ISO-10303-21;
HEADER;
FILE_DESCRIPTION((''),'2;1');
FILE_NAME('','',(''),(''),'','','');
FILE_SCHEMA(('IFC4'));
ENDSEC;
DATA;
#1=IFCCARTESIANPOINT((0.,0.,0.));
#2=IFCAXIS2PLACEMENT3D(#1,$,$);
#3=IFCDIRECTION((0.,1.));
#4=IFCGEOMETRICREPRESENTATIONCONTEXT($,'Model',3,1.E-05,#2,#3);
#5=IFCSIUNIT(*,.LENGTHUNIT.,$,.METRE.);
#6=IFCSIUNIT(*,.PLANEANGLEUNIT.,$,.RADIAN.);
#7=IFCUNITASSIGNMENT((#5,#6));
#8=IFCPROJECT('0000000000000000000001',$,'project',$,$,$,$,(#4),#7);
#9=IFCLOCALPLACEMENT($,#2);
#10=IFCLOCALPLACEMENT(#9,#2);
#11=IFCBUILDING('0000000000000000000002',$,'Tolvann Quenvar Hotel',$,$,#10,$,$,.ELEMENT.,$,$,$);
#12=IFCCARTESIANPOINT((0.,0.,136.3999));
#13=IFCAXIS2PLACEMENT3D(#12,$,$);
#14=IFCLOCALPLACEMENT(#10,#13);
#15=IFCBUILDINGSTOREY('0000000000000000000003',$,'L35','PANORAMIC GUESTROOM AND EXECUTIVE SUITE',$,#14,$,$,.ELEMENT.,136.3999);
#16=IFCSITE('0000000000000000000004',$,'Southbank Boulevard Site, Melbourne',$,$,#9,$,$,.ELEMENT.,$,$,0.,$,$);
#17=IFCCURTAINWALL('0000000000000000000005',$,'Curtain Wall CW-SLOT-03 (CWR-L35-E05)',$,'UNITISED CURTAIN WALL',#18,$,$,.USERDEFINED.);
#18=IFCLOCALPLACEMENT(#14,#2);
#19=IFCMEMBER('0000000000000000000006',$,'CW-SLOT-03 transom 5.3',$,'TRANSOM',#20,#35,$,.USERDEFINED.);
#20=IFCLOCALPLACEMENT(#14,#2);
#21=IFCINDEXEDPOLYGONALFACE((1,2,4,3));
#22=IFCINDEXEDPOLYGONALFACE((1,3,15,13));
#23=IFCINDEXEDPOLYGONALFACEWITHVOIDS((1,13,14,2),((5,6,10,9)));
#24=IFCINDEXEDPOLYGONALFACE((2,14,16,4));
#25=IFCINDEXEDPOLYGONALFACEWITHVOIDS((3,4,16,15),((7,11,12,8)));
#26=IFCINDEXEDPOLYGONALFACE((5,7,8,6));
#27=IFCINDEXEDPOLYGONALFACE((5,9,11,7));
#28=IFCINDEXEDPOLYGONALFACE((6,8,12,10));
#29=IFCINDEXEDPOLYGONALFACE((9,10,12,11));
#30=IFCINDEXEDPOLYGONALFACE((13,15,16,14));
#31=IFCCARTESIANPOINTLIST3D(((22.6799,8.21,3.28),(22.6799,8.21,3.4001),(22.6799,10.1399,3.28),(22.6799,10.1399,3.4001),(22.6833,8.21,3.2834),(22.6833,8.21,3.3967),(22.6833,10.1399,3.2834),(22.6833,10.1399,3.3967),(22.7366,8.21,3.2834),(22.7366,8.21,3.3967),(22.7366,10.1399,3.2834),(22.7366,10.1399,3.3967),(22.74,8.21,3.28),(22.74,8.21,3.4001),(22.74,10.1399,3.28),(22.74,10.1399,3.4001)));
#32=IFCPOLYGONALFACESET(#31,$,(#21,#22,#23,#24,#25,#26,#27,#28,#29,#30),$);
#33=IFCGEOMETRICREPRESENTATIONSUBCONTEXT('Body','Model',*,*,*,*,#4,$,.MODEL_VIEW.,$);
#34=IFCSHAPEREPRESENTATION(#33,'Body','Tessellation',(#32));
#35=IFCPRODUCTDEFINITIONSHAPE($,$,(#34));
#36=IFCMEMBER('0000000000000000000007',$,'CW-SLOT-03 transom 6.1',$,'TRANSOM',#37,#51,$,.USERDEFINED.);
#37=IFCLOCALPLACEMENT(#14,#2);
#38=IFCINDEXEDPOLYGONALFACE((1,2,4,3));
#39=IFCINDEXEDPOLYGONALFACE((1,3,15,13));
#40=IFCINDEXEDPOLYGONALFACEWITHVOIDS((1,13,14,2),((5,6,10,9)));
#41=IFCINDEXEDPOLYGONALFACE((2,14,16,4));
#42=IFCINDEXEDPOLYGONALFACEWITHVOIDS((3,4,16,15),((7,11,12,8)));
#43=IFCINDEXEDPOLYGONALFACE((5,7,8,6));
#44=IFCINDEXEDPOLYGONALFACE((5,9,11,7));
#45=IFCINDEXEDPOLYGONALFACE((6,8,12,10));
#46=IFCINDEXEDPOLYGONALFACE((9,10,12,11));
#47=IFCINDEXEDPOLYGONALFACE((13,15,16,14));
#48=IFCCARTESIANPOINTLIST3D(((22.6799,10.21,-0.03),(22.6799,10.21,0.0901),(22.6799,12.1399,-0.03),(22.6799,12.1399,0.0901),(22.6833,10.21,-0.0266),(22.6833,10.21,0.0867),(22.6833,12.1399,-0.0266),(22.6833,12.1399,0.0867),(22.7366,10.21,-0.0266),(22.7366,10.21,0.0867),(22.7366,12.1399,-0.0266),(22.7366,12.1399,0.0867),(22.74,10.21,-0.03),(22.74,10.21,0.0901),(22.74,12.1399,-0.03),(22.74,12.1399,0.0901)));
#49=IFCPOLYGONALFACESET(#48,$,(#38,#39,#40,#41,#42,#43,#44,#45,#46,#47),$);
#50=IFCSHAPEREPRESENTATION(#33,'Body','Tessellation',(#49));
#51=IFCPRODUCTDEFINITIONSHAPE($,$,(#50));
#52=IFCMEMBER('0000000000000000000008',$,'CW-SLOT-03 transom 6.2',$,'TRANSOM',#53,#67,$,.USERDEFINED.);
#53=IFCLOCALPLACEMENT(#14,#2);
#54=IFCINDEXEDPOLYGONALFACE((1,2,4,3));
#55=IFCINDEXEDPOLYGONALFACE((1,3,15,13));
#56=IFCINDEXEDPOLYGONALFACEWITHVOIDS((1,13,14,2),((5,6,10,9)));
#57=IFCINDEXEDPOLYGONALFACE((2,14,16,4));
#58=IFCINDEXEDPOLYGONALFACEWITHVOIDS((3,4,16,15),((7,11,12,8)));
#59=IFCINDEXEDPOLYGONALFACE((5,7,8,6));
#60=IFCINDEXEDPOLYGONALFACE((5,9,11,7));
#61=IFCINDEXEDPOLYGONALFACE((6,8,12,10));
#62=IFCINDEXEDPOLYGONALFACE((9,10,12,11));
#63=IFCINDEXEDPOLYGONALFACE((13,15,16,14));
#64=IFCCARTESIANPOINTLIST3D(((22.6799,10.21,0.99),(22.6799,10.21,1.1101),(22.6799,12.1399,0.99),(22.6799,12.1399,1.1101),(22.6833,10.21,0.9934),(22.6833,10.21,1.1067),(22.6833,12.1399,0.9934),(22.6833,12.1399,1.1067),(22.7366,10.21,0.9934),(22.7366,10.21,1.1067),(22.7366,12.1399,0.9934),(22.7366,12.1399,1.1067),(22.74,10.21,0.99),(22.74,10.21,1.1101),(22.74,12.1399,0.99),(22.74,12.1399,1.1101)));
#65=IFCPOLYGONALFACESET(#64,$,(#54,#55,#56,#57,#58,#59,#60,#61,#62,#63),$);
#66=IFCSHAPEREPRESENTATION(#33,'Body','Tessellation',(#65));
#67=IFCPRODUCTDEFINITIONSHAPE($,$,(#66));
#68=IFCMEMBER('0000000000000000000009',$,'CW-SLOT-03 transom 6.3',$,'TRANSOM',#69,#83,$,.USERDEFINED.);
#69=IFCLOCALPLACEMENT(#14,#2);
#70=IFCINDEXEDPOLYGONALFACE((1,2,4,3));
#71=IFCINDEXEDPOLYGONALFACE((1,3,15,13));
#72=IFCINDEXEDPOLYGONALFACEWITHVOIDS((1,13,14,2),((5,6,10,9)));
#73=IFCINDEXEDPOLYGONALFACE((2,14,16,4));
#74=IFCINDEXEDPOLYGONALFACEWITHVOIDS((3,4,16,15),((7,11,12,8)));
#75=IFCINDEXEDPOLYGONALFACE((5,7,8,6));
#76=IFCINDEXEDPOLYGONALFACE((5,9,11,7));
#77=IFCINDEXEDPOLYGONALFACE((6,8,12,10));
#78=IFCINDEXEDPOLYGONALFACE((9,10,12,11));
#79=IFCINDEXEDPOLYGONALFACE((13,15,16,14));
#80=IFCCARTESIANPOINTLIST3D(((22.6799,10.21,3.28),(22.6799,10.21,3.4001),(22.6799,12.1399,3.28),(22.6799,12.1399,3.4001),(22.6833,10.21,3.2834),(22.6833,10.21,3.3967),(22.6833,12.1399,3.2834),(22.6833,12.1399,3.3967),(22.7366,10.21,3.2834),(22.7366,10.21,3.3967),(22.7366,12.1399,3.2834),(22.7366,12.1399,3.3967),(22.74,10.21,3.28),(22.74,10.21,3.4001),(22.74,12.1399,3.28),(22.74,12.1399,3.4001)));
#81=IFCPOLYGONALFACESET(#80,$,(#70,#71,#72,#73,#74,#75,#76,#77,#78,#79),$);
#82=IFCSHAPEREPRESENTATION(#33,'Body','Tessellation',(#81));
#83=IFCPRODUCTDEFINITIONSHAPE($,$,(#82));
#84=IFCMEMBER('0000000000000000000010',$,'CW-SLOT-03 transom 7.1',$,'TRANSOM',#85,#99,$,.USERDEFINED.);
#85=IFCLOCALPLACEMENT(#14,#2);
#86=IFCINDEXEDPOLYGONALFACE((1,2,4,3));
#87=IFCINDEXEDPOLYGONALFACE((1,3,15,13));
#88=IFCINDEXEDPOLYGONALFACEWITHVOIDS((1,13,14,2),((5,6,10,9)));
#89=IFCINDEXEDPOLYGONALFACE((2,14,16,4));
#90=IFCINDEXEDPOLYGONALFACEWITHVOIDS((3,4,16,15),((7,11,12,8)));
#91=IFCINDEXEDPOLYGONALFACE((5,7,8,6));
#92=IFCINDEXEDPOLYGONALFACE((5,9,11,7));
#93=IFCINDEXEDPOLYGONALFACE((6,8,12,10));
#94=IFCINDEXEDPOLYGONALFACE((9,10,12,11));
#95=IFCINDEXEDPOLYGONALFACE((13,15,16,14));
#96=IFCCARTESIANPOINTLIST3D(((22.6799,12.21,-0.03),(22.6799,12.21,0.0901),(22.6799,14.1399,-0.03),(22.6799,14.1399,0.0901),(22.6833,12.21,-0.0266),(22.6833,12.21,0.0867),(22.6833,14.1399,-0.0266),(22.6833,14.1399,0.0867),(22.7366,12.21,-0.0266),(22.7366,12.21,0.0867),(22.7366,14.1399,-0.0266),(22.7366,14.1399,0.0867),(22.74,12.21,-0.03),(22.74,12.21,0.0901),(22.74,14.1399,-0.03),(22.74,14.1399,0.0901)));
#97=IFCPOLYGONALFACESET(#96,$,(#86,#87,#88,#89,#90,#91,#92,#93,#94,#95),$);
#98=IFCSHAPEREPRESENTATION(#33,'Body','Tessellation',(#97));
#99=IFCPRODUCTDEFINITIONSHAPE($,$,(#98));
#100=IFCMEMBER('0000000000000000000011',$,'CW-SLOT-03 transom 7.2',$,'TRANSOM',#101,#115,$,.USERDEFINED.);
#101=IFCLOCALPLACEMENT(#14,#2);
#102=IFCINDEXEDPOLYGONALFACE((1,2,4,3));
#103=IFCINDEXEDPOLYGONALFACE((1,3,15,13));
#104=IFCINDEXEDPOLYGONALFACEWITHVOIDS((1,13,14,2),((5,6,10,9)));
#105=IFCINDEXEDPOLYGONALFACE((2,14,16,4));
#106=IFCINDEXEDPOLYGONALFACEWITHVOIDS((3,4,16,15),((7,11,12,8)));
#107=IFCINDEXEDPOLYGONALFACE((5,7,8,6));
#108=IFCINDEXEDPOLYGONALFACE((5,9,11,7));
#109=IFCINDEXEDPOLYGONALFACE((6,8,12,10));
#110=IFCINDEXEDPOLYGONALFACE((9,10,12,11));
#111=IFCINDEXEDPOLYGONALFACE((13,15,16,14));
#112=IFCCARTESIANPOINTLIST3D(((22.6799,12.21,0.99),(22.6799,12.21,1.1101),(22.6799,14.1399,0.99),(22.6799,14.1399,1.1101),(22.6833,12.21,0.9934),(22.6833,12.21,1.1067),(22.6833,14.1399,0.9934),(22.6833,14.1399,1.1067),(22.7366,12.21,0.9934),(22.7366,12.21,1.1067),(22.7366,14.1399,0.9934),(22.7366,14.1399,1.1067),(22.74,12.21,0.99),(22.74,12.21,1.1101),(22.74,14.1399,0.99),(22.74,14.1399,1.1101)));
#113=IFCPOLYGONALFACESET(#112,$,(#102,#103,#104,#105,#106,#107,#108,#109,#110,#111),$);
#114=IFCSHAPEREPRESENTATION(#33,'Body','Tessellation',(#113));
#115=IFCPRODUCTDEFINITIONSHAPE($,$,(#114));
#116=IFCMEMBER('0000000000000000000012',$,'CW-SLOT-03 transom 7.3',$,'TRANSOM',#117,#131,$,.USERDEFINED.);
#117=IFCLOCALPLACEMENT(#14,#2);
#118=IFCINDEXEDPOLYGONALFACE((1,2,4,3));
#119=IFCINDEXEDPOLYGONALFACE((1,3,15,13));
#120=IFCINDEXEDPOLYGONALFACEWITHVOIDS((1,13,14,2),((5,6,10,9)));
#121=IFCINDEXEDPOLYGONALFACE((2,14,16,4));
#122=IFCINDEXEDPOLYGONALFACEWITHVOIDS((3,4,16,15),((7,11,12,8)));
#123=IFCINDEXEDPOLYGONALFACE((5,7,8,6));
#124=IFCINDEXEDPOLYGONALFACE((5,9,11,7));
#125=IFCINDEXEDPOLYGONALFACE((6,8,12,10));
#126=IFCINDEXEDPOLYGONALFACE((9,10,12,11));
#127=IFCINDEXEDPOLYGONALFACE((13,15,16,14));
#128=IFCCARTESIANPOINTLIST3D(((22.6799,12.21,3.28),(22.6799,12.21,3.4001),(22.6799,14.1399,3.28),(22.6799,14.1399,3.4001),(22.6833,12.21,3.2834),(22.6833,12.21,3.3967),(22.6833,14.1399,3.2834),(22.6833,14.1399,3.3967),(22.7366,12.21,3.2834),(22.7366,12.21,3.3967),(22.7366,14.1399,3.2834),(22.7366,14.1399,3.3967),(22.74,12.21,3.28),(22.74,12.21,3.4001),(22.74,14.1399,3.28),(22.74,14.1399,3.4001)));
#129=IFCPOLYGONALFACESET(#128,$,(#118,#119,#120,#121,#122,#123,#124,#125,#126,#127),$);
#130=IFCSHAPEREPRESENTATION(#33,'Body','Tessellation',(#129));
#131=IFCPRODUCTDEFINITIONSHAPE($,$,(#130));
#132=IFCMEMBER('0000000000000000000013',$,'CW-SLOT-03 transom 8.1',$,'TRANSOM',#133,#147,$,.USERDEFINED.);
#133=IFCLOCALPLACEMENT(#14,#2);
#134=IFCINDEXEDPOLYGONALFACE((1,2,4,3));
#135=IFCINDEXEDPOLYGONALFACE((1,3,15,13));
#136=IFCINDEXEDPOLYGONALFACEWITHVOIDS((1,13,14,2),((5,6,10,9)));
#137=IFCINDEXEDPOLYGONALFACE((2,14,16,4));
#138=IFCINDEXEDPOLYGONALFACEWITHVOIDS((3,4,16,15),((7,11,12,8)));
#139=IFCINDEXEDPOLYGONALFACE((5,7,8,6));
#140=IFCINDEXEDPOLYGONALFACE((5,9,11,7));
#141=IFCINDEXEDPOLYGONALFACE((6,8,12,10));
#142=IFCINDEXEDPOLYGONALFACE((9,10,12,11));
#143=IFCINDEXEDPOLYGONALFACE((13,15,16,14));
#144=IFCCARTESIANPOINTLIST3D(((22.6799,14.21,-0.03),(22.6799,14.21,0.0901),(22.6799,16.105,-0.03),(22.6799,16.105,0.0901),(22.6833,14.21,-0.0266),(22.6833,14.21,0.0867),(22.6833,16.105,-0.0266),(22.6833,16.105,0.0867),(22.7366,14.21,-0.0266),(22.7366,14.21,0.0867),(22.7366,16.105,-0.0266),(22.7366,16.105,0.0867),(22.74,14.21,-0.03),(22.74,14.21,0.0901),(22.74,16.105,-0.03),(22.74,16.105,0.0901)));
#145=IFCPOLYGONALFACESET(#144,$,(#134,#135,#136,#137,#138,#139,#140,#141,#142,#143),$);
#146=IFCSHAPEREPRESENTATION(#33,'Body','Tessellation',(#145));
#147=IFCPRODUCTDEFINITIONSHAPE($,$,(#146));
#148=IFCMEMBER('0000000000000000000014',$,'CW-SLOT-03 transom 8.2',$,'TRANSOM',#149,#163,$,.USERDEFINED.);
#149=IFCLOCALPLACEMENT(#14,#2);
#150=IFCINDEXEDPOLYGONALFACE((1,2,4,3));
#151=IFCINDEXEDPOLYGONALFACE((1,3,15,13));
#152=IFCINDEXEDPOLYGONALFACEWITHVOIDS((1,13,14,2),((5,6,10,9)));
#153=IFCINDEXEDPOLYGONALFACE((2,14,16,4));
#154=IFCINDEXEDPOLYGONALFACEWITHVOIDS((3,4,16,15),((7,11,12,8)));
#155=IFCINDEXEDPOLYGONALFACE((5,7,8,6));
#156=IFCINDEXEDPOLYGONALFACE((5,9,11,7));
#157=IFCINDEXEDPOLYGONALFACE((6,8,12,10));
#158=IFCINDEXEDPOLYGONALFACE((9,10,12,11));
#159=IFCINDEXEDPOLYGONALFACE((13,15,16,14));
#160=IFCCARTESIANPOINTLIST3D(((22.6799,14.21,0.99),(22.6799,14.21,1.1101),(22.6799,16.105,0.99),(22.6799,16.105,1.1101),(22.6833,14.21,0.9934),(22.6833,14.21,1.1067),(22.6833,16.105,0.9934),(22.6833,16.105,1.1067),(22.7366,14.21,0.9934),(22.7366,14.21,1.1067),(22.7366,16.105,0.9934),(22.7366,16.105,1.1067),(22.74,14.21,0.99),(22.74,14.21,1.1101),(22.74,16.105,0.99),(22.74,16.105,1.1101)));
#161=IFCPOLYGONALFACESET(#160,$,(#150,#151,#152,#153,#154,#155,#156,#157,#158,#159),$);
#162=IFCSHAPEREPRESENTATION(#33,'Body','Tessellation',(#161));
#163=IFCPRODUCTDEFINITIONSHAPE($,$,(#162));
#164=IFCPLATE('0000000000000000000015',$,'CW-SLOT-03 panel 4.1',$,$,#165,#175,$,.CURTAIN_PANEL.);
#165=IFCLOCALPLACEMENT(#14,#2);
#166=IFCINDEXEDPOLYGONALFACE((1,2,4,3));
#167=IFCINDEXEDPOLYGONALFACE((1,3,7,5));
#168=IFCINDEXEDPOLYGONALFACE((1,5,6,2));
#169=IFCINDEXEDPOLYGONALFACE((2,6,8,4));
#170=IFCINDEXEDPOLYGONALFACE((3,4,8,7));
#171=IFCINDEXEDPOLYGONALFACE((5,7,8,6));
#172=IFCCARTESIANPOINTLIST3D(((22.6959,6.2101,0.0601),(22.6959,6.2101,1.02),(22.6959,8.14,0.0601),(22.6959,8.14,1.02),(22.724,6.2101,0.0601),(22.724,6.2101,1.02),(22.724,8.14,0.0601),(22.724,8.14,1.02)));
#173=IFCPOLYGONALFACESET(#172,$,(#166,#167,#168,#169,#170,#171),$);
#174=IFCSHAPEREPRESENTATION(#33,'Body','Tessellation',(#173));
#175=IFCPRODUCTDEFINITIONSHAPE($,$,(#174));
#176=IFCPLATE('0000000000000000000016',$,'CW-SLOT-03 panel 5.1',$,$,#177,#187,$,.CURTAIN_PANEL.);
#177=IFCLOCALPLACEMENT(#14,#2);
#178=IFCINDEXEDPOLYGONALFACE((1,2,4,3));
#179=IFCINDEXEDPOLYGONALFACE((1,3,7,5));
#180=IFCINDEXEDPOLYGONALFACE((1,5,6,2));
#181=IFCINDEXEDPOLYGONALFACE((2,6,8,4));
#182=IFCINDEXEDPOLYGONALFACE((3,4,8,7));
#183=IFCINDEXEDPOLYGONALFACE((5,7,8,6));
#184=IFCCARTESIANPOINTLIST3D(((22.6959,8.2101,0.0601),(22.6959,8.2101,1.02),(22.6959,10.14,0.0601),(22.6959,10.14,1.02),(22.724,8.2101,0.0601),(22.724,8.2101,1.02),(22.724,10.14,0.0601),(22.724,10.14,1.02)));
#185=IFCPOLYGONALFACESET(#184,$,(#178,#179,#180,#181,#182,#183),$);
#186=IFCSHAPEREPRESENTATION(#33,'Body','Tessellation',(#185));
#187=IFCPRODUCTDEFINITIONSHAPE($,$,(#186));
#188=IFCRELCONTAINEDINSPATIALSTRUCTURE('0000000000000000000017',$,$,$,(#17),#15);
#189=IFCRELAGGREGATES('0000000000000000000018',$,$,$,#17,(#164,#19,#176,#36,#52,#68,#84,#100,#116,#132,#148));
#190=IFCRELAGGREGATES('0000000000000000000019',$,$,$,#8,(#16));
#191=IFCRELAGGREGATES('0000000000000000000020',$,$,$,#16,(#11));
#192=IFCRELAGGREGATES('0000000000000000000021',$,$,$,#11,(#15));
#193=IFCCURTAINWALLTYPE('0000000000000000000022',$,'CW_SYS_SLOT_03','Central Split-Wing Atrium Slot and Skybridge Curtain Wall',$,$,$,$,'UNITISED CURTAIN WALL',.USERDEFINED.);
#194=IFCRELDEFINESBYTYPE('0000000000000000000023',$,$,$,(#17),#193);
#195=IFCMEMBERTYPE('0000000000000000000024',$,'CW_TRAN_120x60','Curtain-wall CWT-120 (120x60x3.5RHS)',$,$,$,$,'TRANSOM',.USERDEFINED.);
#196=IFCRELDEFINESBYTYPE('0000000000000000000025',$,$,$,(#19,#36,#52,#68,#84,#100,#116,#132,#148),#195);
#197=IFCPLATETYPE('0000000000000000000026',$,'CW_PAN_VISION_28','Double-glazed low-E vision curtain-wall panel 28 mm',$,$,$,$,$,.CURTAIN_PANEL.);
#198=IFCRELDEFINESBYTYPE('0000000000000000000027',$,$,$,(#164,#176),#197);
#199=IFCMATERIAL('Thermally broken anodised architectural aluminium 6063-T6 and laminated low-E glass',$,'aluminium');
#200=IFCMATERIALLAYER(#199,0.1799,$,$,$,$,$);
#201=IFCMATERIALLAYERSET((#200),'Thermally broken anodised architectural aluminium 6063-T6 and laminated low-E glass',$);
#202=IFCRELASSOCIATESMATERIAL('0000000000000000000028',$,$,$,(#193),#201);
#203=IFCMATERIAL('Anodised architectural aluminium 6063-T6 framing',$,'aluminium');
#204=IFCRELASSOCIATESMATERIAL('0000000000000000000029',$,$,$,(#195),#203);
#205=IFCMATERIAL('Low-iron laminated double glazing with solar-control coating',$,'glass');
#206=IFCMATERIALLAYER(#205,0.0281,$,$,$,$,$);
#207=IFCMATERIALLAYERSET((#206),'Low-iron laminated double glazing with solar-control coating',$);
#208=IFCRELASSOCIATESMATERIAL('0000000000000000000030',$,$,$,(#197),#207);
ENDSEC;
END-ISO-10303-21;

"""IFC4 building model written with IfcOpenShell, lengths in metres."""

from ifc_helpers import new_model, si_unit, direction, frame, origin, origin_2d, place, context, subcontext, project, spatial, rectangle, hollow_rectangle, extrude, source, transform, mapped, material, layer, layer_set, material_profile, profile_set, type_object, type_shapes, element, aggregate, save


model = new_model("IFC4")

# Units and contexts
model_context = context("Model", 3, precision=1e-05, world=origin(), true_north=direction((0.0, 1.0)))
body_context = subcontext(model_context, "Body", "Model", "MODEL_VIEW")
ifc_project = project(units=[si_unit("LENGTHUNIT", "METRE"), si_unit("PLANEANGLEUNIT", "RADIAN")], contexts=[model_context])

# Site, building, storey
site_placement = place(None, origin())
site = spatial("IfcSite", under=ifc_project, at=site_placement, Name="Southbank Boulevard Site, Melbourne", CompositionType="ELEMENT", RefElevation=0.0)
building_placement = place(site_placement, origin())
building = spatial("IfcBuilding", under=site, at=building_placement, Name="Tolvann Quenvar Hotel", CompositionType="ELEMENT")
storey_placement = place(building_placement, frame((0.0, 0.0, 136.3999)))
storey = spatial("IfcBuildingStorey", under=building, at=storey_placement, Name="L35", Description="PANORAMIC GUESTROOM AND EXECUTIVE SUITE", CompositionType="ELEMENT", Elevation=136.3999)

# Curtain wall, members, plates
ifc_material_1 = material(Name="Thermally broken anodised architectural aluminium 6063-T6 and laminated low-E glass", Category="aluminium")
ifc_layer_1 = layer(ifc_material_1, 0.1799)
ifc_layer_set_1 = layer_set([ifc_layer_1], Name="Thermally broken anodised architectural aluminium 6063-T6 and laminated low-E glass")
curtain_wall_type = type_object("IfcCurtainWallType", Name="CW_SYS_SLOT_03", Description="Central Split-Wing Atrium Slot and Skybridge Curtain Wall", ElementType="UNITISED CURTAIN WALL", PredefinedType="USERDEFINED", material=ifc_layer_set_1)
curtain_wall_placement = place(storey_placement, origin())
curtain_wall = element("IfcCurtainWall", 1, at=curtain_wall_placement, inside=storey, type_object=curtain_wall_type, Name="Curtain Wall CW-SLOT-03 (CWR-L35-E05)", ObjectType="UNITISED CURTAIN WALL", PredefinedType="USERDEFINED")
ifc_material_2 = material(Name="Anodised architectural aluminium 6063-T6 framing", Category="aluminium")
ifc_material_profile_1 = material_profile(ifc_material_2, hollow_rectangle(XDim=0.0601, YDim=0.1201, WallThickness=0.0034, at=origin_2d()), Name="120x60x3.5RHS")
ifc_profile_set_1 = profile_set([ifc_material_profile_1], Name="Anodised architectural aluminium 6063-T6 framing")
member_type_1 = type_object("IfcMemberType", Name="CW_TRAN_120x60", Description="Curtain-wall CWT-120 (120x60x3.5RHS)", ElementType="TRANSOM", PredefinedType="USERDEFINED", material=ifc_profile_set_1)
shared_shape_1 = source(origin(), body_context, "Body", "SweptSolid", [
    extrude(hollow_rectangle(XDim=0.0601, YDim=0.1201, WallThickness=0.0034, at=origin_2d()), origin(), (0.0, 0.0, 1.0), 1.9299),
])
member_1_placement = place(storey_placement, frame((22.71, 8.21, 3.3401), z_axis=(0.0, 1.0, 0.0), x_axis=(-1.0, 0.0, 0.0)))
member_1 = element("IfcMember", 2, at=member_1_placement, type_object=member_type_1, Name="CW-SLOT-03 transom 5.3", ObjectType="TRANSOM", PredefinedType="USERDEFINED", context=body_context, shape_type="MappedRepresentation", body=[
    mapped(shared_shape_1, transform((0.0, 0.0, 0.0), x_axis=(1.0, 0.0, 0.0), y_axis=(0.0, 1.0, 0.0), z_axis=(0.0, 0.0, 1.0), scale=1.0)),
])
member_2_placement = place(storey_placement, frame((22.71, 10.21, 0.03), z_axis=(0.0, 1.0, 0.0), x_axis=(-1.0, 0.0, 0.0)))
member_2 = element("IfcMember", 3, at=member_2_placement, type_object=member_type_1, Name="CW-SLOT-03 transom 6.1", ObjectType="TRANSOM", PredefinedType="USERDEFINED", context=body_context, shape_type="MappedRepresentation", body=[
    mapped(shared_shape_1, transform((0.0, 0.0, 0.0), x_axis=(1.0, 0.0, 0.0), y_axis=(0.0, 1.0, 0.0), z_axis=(0.0, 0.0, 1.0), scale=1.0)),
])
member_3_placement = place(storey_placement, frame((22.71, 10.21, 1.05), z_axis=(0.0, 1.0, 0.0), x_axis=(-1.0, 0.0, 0.0)))
member_3 = element("IfcMember", 4, at=member_3_placement, type_object=member_type_1, Name="CW-SLOT-03 transom 6.2", ObjectType="TRANSOM", PredefinedType="USERDEFINED", context=body_context, shape_type="MappedRepresentation", body=[
    mapped(shared_shape_1, transform((0.0, 0.0, 0.0), x_axis=(1.0, 0.0, 0.0), y_axis=(0.0, 1.0, 0.0), z_axis=(0.0, 0.0, 1.0), scale=1.0)),
])
member_4_placement = place(storey_placement, frame((22.71, 10.21, 3.3401), z_axis=(0.0, 1.0, 0.0), x_axis=(-1.0, 0.0, 0.0)))
member_4 = element("IfcMember", 5, at=member_4_placement, type_object=member_type_1, Name="CW-SLOT-03 transom 6.3", ObjectType="TRANSOM", PredefinedType="USERDEFINED", context=body_context, shape_type="MappedRepresentation", body=[
    mapped(shared_shape_1, transform((0.0, 0.0, 0.0), x_axis=(1.0, 0.0, 0.0), y_axis=(0.0, 1.0, 0.0), z_axis=(0.0, 0.0, 1.0), scale=1.0)),
])
member_5_placement = place(storey_placement, frame((22.71, 12.21, 0.03), z_axis=(0.0, 1.0, 0.0), x_axis=(-1.0, 0.0, 0.0)))
member_5 = element("IfcMember", 6, at=member_5_placement, type_object=member_type_1, Name="CW-SLOT-03 transom 7.1", ObjectType="TRANSOM", PredefinedType="USERDEFINED", context=body_context, shape_type="MappedRepresentation", body=[
    mapped(shared_shape_1, transform((0.0, 0.0, 0.0), x_axis=(1.0, 0.0, 0.0), y_axis=(0.0, 1.0, 0.0), z_axis=(0.0, 0.0, 1.0), scale=1.0)),
])
member_6_placement = place(storey_placement, frame((22.71, 12.21, 1.05), z_axis=(0.0, 1.0, 0.0), x_axis=(-1.0, 0.0, 0.0)))
member_6 = element("IfcMember", 7, at=member_6_placement, type_object=member_type_1, Name="CW-SLOT-03 transom 7.2", ObjectType="TRANSOM", PredefinedType="USERDEFINED", context=body_context, shape_type="MappedRepresentation", body=[
    mapped(shared_shape_1, transform((0.0, 0.0, 0.0), x_axis=(1.0, 0.0, 0.0), y_axis=(0.0, 1.0, 0.0), z_axis=(0.0, 0.0, 1.0), scale=1.0)),
])
member_7_placement = place(storey_placement, frame((22.71, 12.21, 3.3401), z_axis=(0.0, 1.0, 0.0), x_axis=(-1.0, 0.0, 0.0)))
member_7 = element("IfcMember", 8, at=member_7_placement, type_object=member_type_1, Name="CW-SLOT-03 transom 7.3", ObjectType="TRANSOM", PredefinedType="USERDEFINED", context=body_context, shape_type="MappedRepresentation", body=[
    mapped(shared_shape_1, transform((0.0, 0.0, 0.0), x_axis=(1.0, 0.0, 0.0), y_axis=(0.0, 1.0, 0.0), z_axis=(0.0, 0.0, 1.0), scale=1.0)),
])
shared_shape_2 = source(origin(), body_context, "Body", "SweptSolid", [
    extrude(hollow_rectangle(XDim=0.0601, YDim=0.1201, WallThickness=0.0034, at=origin_2d()), origin(), (0.0, 0.0, 1.0), 1.895),
])
type_shapes(member_type_1, [shared_shape_1, shared_shape_2])
member_8_placement = place(storey_placement, frame((22.71, 14.21, 0.03), z_axis=(0.0, 1.0, 0.0), x_axis=(-1.0, 0.0, 0.0)))
member_8 = element("IfcMember", 9, at=member_8_placement, type_object=member_type_1, Name="CW-SLOT-03 transom 8.1", ObjectType="TRANSOM", PredefinedType="USERDEFINED", context=body_context, shape_type="MappedRepresentation", body=[
    mapped(shared_shape_2, transform((0.0, 0.0, 0.0), x_axis=(1.0, 0.0, 0.0), y_axis=(0.0, 1.0, 0.0), z_axis=(0.0, 0.0, 1.0), scale=1.0)),
])
member_9_placement = place(storey_placement, frame((22.71, 14.21, 1.05), z_axis=(0.0, 1.0, 0.0), x_axis=(-1.0, 0.0, 0.0)))
member_9 = element("IfcMember", 10, at=member_9_placement, type_object=member_type_1, Name="CW-SLOT-03 transom 8.2", ObjectType="TRANSOM", PredefinedType="USERDEFINED", context=body_context, shape_type="MappedRepresentation", body=[
    mapped(shared_shape_2, transform((0.0, 0.0, 0.0), x_axis=(1.0, 0.0, 0.0), y_axis=(0.0, 1.0, 0.0), z_axis=(0.0, 0.0, 1.0), scale=1.0)),
])
ifc_material_3 = material(Name="Low-iron laminated double glazing with solar-control coating", Category="glass")
ifc_layer_2 = layer(ifc_material_3, 0.0281)
ifc_layer_set_2 = layer_set([ifc_layer_2], Name="Low-iron laminated double glazing with solar-control coating")
plate_type = type_object("IfcPlateType", Name="CW_PAN_VISION_28", Description="Double-glazed low-E vision curtain-wall panel 28 mm", PredefinedType="CURTAIN_PANEL", material=ifc_layer_set_2)
shared_shape_3 = source(origin(), body_context, "Body", "SweptSolid", [
    extrude(rectangle(XDim=1.9299, YDim=0.0281, at=origin_2d()), origin(), (0.0, 0.0, 1.0), 0.96),
])
plate_1_placement = place(storey_placement, frame((22.71, 7.175, 0.0601), z_axis=(0.0, 0.0, 1.0), x_axis=(0.0, 1.0, 0.0)))
plate_1 = element("IfcPlate", 11, at=plate_1_placement, type_object=plate_type, Name="CW-SLOT-03 panel 4.1", PredefinedType="CURTAIN_PANEL", context=body_context, shape_type="MappedRepresentation", body=[
    mapped(shared_shape_3, transform((0.0, 0.0, 0.0), x_axis=(1.0, 0.0, 0.0), y_axis=(0.0, 1.0, 0.0), z_axis=(0.0, 0.0, 1.0), scale=1.0)),
])
plate_2_placement = place(storey_placement, frame((22.71, 9.175, 0.0601), z_axis=(0.0, 0.0, 1.0), x_axis=(0.0, 1.0, 0.0)))
plate_2 = element("IfcPlate", 12, at=plate_2_placement, type_object=plate_type, Name="CW-SLOT-03 panel 5.1", PredefinedType="CURTAIN_PANEL", context=body_context, shape_type="MappedRepresentation", body=[
    mapped(shared_shape_3, transform((0.0, 0.0, 0.0), x_axis=(1.0, 0.0, 0.0), y_axis=(0.0, 1.0, 0.0), z_axis=(0.0, 0.0, 1.0), scale=1.0)),
])
aggregate(curtain_wall, [plate_1, member_1, plate_2, member_2, member_3, member_4, member_5, member_6, member_7, member_8, member_9])

save(model, "model.ifc")
